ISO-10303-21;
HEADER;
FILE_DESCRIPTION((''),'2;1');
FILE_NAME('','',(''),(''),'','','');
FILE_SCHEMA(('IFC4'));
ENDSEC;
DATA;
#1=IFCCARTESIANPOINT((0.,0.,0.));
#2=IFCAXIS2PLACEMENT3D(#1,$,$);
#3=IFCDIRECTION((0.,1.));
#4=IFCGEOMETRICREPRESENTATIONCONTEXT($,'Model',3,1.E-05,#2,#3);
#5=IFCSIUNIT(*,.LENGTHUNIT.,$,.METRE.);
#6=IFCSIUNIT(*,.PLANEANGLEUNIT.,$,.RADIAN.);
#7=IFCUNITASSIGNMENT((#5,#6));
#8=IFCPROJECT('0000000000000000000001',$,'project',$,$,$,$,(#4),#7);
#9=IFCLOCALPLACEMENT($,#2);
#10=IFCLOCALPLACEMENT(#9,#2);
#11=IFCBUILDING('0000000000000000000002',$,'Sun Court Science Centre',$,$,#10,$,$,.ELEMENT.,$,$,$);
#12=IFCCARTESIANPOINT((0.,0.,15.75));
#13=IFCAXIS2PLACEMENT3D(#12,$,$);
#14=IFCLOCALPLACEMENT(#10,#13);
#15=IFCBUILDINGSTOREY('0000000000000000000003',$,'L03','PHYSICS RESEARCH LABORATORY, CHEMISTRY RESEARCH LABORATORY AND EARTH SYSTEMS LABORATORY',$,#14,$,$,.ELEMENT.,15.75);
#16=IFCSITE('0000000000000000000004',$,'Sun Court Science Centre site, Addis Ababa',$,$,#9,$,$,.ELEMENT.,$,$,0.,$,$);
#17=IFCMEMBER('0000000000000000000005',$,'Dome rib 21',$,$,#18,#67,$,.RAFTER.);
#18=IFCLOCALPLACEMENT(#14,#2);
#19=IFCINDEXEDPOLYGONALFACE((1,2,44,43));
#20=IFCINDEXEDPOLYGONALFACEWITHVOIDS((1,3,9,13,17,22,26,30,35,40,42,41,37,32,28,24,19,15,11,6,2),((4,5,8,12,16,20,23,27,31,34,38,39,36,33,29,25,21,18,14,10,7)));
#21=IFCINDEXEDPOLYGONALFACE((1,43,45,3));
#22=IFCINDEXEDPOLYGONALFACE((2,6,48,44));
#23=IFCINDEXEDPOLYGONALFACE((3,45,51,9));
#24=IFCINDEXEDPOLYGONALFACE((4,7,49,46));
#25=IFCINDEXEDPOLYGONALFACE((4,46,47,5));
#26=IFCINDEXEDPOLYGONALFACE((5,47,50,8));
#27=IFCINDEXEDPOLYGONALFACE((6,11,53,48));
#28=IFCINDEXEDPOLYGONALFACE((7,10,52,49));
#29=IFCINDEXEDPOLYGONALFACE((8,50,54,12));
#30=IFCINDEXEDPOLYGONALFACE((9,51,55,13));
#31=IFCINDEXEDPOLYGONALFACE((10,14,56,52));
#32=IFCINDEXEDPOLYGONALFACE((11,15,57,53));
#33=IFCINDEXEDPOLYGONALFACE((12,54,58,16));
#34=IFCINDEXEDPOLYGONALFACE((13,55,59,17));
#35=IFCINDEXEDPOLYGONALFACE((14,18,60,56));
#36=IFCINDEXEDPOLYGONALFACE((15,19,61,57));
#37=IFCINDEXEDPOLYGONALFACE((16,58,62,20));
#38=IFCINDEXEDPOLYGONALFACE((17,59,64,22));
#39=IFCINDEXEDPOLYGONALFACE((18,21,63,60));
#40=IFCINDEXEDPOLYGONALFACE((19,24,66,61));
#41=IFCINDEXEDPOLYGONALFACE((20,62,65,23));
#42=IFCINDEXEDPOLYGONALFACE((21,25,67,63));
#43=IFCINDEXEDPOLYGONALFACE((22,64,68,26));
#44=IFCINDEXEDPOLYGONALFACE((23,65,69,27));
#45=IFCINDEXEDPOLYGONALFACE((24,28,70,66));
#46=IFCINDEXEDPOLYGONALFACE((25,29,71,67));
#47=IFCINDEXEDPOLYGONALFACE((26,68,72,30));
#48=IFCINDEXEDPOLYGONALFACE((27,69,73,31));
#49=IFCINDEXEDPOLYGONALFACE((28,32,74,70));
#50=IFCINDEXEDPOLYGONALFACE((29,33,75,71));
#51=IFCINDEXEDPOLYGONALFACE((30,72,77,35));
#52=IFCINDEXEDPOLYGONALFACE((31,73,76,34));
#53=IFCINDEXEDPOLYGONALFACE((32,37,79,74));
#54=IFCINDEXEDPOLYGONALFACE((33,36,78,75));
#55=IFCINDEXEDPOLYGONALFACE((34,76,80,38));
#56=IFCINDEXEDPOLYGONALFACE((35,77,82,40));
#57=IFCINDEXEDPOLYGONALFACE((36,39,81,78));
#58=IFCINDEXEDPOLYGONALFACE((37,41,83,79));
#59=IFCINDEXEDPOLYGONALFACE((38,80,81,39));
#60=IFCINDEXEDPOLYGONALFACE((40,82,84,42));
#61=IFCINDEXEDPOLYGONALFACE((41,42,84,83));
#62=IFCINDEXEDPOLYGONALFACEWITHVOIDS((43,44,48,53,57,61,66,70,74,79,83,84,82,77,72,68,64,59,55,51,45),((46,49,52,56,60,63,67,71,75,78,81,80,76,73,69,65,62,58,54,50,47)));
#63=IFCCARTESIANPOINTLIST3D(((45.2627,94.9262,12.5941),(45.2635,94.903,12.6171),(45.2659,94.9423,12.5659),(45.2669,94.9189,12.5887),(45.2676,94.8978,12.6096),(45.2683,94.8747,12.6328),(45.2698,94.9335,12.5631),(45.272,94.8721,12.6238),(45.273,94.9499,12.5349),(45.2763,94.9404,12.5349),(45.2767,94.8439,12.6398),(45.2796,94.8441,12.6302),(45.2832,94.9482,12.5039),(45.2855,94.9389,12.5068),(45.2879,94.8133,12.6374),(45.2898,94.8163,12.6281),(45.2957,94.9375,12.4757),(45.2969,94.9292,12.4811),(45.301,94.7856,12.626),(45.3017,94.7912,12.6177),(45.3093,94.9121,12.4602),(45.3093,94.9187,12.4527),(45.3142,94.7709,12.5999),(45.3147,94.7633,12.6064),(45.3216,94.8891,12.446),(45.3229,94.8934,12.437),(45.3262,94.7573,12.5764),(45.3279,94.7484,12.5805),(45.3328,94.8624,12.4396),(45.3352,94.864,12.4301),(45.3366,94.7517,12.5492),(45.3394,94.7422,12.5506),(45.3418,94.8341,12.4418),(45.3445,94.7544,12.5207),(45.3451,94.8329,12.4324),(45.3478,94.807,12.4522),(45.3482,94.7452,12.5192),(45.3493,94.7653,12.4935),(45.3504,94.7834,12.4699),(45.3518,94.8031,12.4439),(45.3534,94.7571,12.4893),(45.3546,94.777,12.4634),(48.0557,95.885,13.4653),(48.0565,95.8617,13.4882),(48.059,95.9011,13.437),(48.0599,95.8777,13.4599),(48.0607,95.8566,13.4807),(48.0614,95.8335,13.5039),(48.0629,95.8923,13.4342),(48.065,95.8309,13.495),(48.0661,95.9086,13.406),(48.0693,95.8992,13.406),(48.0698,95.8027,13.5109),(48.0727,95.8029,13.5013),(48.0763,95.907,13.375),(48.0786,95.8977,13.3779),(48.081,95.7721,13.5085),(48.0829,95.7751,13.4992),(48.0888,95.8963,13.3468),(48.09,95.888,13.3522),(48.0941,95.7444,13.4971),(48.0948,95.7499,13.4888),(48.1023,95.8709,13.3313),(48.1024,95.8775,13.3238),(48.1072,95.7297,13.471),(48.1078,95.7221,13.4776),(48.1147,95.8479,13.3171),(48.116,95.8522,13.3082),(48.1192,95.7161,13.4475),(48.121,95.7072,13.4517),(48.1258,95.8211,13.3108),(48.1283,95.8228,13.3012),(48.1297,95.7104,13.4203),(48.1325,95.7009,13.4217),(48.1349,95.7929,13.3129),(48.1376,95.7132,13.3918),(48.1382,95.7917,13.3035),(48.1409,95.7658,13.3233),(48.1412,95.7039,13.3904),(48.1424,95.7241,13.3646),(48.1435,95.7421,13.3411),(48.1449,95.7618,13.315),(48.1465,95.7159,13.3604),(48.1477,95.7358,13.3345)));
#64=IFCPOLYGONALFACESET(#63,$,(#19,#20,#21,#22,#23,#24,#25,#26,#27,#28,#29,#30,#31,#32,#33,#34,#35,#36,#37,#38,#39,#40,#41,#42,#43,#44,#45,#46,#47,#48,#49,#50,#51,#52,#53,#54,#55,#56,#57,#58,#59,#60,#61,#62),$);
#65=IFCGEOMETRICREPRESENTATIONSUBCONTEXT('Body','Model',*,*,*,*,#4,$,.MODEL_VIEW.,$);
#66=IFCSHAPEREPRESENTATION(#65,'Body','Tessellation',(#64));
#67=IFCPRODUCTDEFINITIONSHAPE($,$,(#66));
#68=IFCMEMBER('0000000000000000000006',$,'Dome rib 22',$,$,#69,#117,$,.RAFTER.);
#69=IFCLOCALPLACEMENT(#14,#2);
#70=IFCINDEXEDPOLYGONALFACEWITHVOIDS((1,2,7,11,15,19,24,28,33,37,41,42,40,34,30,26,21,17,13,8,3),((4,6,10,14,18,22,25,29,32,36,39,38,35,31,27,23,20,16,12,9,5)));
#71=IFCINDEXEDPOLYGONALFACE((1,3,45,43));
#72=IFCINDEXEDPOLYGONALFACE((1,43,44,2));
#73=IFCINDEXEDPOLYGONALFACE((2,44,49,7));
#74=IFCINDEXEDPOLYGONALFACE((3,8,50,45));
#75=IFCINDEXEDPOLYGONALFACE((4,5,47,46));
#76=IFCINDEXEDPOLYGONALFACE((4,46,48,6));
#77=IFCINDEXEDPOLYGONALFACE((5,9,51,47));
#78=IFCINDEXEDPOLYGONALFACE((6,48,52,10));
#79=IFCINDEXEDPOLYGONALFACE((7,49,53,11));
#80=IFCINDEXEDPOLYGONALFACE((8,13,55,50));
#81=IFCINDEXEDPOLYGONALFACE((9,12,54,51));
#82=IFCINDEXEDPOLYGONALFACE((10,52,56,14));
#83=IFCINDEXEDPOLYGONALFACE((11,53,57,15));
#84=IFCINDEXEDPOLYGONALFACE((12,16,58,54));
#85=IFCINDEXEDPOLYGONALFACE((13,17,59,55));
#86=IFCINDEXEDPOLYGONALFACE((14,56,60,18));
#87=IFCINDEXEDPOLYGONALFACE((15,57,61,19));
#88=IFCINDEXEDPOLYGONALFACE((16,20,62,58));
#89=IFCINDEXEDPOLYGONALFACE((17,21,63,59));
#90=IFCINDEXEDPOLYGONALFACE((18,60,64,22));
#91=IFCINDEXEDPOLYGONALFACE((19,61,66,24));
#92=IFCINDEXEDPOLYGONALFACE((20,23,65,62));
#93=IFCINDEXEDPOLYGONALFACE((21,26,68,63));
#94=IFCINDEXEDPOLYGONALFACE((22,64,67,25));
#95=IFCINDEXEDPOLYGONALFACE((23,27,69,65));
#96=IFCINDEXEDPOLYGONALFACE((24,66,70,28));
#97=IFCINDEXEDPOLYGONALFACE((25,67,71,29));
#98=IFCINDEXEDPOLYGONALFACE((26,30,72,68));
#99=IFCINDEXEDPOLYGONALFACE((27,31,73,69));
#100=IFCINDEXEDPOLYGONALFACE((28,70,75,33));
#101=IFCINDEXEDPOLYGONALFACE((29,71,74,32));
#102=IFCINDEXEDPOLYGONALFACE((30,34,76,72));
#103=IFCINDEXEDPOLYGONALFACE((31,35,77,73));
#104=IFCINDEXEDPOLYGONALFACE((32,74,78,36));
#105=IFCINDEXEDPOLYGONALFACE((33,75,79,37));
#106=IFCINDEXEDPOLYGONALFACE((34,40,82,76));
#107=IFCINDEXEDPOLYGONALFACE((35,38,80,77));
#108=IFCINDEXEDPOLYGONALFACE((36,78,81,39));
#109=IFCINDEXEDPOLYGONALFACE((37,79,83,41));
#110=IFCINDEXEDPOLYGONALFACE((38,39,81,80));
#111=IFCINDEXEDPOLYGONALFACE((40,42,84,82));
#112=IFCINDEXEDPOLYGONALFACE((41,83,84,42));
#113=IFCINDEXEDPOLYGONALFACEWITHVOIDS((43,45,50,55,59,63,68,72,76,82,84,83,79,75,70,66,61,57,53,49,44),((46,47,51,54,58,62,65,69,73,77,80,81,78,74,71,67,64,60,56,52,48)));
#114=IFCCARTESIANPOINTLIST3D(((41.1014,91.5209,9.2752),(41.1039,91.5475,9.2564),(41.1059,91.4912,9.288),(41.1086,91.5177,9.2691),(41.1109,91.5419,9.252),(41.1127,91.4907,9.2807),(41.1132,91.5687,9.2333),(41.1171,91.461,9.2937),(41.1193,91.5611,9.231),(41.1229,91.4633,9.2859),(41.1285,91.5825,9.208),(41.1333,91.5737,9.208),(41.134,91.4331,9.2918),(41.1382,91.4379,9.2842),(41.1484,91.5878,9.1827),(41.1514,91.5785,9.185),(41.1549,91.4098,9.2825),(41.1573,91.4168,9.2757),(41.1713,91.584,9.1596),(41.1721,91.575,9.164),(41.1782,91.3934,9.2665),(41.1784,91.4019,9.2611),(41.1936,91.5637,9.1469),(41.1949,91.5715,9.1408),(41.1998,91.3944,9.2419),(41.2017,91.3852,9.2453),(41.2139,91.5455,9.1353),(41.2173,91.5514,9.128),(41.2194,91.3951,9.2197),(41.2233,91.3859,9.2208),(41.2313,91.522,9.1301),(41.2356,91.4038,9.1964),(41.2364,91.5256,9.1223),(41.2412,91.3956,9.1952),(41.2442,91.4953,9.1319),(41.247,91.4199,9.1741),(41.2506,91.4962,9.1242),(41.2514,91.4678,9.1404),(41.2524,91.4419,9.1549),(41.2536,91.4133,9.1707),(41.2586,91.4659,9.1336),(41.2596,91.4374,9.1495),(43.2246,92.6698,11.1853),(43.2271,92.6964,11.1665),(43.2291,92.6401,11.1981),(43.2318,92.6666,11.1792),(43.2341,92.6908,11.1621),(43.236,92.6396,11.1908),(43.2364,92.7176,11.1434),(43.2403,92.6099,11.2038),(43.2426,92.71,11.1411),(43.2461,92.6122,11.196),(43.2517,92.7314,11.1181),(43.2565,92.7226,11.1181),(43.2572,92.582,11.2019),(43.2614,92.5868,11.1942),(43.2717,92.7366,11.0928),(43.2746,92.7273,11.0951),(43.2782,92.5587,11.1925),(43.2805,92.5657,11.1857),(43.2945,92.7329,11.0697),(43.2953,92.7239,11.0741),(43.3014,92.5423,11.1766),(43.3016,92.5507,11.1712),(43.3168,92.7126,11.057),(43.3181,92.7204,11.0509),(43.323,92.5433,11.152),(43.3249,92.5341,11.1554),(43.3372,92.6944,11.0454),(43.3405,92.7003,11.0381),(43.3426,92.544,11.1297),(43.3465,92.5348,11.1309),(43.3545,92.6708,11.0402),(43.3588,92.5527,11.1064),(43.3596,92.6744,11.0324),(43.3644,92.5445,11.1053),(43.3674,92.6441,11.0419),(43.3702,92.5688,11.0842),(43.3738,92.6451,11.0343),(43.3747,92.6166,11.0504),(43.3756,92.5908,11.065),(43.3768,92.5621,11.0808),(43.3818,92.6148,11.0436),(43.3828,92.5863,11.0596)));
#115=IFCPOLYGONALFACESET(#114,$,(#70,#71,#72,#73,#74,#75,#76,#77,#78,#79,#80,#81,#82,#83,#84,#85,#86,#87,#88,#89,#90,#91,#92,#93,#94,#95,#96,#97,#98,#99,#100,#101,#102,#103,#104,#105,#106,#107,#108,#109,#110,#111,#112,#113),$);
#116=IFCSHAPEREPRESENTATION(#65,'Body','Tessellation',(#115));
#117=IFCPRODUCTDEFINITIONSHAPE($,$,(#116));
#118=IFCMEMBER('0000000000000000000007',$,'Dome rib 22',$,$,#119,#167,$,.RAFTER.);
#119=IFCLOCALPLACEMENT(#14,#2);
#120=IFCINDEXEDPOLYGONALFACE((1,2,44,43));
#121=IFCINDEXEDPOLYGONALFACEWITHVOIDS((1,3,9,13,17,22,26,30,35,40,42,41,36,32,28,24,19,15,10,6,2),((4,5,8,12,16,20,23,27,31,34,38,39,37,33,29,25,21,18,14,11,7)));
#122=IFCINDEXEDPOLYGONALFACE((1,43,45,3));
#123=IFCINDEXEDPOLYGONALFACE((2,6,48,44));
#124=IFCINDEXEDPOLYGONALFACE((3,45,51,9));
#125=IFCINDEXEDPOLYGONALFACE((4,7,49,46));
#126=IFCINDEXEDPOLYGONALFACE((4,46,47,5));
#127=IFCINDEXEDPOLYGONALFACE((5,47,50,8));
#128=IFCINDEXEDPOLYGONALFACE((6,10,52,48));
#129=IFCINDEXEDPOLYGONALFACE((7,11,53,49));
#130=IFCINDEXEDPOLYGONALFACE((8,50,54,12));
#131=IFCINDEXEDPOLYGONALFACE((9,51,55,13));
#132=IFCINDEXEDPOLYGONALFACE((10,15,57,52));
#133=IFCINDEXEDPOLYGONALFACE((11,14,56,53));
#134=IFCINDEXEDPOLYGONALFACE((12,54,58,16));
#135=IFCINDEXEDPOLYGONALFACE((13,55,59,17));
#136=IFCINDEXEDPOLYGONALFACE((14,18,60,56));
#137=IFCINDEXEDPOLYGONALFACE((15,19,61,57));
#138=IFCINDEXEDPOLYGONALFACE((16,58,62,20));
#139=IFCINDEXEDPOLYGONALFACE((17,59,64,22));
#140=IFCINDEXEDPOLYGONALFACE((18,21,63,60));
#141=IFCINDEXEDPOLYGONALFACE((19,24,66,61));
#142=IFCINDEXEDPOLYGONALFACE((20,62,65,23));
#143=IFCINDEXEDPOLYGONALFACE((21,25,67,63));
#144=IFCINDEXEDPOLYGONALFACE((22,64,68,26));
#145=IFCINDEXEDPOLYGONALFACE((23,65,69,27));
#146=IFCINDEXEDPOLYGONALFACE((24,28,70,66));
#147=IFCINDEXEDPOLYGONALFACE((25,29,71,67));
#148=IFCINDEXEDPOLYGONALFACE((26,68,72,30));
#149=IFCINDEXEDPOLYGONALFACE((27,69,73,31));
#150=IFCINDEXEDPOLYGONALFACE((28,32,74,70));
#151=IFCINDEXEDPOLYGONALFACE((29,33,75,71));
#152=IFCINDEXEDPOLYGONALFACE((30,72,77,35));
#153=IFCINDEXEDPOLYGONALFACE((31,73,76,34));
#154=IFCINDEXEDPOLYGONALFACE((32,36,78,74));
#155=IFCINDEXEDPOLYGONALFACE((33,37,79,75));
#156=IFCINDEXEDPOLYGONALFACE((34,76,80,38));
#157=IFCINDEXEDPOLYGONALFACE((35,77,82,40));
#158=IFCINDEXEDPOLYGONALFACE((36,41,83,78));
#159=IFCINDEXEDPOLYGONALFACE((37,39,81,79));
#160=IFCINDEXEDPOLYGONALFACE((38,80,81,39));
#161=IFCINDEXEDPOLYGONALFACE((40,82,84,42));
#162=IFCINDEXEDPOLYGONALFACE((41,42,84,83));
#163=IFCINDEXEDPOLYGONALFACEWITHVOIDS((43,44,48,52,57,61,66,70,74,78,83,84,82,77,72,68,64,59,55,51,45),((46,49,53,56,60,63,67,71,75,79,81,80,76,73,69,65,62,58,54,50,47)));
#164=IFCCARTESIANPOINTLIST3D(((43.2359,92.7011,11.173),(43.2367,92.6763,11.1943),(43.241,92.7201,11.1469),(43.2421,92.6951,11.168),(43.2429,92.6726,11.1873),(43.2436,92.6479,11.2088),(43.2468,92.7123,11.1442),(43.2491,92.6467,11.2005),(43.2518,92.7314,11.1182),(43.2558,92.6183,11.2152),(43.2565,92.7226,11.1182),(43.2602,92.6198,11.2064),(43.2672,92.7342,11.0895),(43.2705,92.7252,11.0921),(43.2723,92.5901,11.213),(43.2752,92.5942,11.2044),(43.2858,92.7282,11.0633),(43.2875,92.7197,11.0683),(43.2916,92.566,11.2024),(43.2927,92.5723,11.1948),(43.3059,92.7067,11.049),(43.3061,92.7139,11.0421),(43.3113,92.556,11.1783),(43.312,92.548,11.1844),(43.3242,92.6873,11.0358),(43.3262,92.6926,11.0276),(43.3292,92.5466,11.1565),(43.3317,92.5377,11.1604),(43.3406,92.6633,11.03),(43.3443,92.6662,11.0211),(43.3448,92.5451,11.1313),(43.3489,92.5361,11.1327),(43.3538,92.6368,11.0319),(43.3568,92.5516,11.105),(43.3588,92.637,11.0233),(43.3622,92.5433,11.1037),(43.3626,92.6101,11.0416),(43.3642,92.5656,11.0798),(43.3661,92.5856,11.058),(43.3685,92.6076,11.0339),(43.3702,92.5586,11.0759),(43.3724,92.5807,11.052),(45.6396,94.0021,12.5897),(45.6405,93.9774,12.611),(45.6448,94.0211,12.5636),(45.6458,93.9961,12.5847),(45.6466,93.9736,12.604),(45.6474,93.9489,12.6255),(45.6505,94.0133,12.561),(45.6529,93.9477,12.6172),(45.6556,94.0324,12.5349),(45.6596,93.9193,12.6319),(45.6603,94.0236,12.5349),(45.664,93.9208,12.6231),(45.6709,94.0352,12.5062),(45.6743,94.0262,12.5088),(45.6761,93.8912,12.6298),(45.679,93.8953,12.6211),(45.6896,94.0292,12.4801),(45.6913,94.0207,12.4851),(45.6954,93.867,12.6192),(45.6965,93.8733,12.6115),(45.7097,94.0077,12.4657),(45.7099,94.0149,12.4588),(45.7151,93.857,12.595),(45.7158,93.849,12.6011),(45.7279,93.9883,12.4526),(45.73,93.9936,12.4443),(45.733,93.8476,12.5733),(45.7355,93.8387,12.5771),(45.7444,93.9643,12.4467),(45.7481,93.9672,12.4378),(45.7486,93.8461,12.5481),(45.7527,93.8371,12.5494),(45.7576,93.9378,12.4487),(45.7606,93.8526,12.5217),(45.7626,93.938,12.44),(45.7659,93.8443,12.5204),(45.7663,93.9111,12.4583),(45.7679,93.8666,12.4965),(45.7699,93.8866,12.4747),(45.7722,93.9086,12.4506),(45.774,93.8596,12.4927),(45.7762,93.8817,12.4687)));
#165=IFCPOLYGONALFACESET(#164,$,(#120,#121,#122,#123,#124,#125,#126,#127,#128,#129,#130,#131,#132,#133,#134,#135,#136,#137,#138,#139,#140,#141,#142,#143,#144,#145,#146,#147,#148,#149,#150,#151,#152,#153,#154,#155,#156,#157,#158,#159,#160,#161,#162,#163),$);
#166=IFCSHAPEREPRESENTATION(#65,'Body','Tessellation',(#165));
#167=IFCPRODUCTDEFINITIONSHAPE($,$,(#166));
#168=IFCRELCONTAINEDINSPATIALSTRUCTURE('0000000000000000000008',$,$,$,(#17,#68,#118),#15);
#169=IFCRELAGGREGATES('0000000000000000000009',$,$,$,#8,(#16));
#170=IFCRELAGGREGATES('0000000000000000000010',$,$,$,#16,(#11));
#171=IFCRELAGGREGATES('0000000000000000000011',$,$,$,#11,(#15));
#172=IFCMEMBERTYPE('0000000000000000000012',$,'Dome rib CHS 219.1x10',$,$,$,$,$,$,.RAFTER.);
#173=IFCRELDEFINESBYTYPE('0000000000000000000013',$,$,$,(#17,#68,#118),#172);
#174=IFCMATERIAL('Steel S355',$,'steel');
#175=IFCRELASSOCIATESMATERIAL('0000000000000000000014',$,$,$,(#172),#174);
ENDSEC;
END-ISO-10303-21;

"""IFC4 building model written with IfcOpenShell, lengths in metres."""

from ifc_helpers import new_model, si_unit, direction, frame, origin, origin_2d, place, context, subcontext, project, spatial, hollow_circle, extrude, material, material_profile, profile_set, type_object, element, save


model = new_model("IFC4")

# Units and contexts
model_context = context("Model", 3, precision=1e-05, world=origin(), true_north=direction((0.0, 1.0)))
body_context = subcontext(model_context, "Body", "Model", "MODEL_VIEW")
ifc_project = project(units=[si_unit("LENGTHUNIT", "METRE"), si_unit("PLANEANGLEUNIT", "RADIAN")], contexts=[model_context])

# Site, building, storey
site_placement = place(None, origin())
site = spatial("IfcSite", under=ifc_project, at=site_placement, Name="Sun Court Science Centre site, Addis Ababa", CompositionType="ELEMENT", RefElevation=0.0)
building_placement = place(site_placement, origin())
building = spatial("IfcBuilding", under=site, at=building_placement, Name="Sun Court Science Centre", CompositionType="ELEMENT")
storey_placement = place(building_placement, frame((0.0, 0.0, 15.75)))
storey = spatial("IfcBuildingStorey", under=building, at=storey_placement, Name="L03", Description="PHYSICS RESEARCH LABORATORY, CHEMISTRY RESEARCH LABORATORY AND EARTH SYSTEMS LABORATORY", CompositionType="ELEMENT", Elevation=15.75)

# Members
ifc_material_1 = material(Name="Steel S355", Category="steel")
ifc_material_profile_1 = material_profile(ifc_material_1, hollow_circle(Radius=0.1096, WallThickness=0.01, at=origin_2d()), Name="CHS 219.1x10")
ifc_profile_set_1 = profile_set([ifc_material_profile_1], Name="Steel S355")
member_type_1 = type_object("IfcMemberType", Name="Dome rib CHS 219.1x10", PredefinedType="RAFTER", material=ifc_profile_set_1)
member_1_placement = place(storey_placement, frame((45.3086, 94.8462, 12.5349), z_axis=(0.907178, 0.311406, 0.282938), x_axis=(-0.324673, 0.945826, 0.0)))
element("IfcMember", 1, at=member_1_placement, inside=storey, type_object=member_type_1, Name="Dome rib 21", PredefinedType="RAFTER", context=body_context, shape_type="SweptSolid", body=[
    extrude(hollow_circle(Radius=0.1096, WallThickness=0.01, at=origin_2d()), origin(), (0.0, 0.0, 1.0), 3.0789),
])
member_2_placement = place(storey_placement, frame((41.1807, 91.4861, 9.208), z_axis=(0.689719, 0.373211, 0.620485), x_axis=(-0.475902, 0.879498, 0.0)))
element("IfcMember", 2, at=member_2_placement, inside=storey, type_object=member_type_1, Name="Dome rib 22", PredefinedType="RAFTER", context=body_context, shape_type="SweptSolid", body=[
    extrude(hollow_circle(Radius=0.1096, WallThickness=0.01, at=origin_2d()), origin(), (0.0, 0.0, 1.0), 3.0784),
])
member_3_placement = place(storey_placement, frame((43.304, 92.635, 11.1182), z_axis=(0.780797, 0.422595, 0.460184), x_axis=(-0.47599, 0.879451, 0.0)))
element("IfcMember", 3, at=member_3_placement, inside=storey, type_object=member_type_1, Name="Dome rib 22", PredefinedType="RAFTER", context=body_context, shape_type="SweptSolid", body=[
    extrude(hollow_circle(Radius=0.1096, WallThickness=0.01, at=origin_2d()), origin(), (0.0, 0.0, 1.0), 3.0786),
])

save(model, "model.ifc")
